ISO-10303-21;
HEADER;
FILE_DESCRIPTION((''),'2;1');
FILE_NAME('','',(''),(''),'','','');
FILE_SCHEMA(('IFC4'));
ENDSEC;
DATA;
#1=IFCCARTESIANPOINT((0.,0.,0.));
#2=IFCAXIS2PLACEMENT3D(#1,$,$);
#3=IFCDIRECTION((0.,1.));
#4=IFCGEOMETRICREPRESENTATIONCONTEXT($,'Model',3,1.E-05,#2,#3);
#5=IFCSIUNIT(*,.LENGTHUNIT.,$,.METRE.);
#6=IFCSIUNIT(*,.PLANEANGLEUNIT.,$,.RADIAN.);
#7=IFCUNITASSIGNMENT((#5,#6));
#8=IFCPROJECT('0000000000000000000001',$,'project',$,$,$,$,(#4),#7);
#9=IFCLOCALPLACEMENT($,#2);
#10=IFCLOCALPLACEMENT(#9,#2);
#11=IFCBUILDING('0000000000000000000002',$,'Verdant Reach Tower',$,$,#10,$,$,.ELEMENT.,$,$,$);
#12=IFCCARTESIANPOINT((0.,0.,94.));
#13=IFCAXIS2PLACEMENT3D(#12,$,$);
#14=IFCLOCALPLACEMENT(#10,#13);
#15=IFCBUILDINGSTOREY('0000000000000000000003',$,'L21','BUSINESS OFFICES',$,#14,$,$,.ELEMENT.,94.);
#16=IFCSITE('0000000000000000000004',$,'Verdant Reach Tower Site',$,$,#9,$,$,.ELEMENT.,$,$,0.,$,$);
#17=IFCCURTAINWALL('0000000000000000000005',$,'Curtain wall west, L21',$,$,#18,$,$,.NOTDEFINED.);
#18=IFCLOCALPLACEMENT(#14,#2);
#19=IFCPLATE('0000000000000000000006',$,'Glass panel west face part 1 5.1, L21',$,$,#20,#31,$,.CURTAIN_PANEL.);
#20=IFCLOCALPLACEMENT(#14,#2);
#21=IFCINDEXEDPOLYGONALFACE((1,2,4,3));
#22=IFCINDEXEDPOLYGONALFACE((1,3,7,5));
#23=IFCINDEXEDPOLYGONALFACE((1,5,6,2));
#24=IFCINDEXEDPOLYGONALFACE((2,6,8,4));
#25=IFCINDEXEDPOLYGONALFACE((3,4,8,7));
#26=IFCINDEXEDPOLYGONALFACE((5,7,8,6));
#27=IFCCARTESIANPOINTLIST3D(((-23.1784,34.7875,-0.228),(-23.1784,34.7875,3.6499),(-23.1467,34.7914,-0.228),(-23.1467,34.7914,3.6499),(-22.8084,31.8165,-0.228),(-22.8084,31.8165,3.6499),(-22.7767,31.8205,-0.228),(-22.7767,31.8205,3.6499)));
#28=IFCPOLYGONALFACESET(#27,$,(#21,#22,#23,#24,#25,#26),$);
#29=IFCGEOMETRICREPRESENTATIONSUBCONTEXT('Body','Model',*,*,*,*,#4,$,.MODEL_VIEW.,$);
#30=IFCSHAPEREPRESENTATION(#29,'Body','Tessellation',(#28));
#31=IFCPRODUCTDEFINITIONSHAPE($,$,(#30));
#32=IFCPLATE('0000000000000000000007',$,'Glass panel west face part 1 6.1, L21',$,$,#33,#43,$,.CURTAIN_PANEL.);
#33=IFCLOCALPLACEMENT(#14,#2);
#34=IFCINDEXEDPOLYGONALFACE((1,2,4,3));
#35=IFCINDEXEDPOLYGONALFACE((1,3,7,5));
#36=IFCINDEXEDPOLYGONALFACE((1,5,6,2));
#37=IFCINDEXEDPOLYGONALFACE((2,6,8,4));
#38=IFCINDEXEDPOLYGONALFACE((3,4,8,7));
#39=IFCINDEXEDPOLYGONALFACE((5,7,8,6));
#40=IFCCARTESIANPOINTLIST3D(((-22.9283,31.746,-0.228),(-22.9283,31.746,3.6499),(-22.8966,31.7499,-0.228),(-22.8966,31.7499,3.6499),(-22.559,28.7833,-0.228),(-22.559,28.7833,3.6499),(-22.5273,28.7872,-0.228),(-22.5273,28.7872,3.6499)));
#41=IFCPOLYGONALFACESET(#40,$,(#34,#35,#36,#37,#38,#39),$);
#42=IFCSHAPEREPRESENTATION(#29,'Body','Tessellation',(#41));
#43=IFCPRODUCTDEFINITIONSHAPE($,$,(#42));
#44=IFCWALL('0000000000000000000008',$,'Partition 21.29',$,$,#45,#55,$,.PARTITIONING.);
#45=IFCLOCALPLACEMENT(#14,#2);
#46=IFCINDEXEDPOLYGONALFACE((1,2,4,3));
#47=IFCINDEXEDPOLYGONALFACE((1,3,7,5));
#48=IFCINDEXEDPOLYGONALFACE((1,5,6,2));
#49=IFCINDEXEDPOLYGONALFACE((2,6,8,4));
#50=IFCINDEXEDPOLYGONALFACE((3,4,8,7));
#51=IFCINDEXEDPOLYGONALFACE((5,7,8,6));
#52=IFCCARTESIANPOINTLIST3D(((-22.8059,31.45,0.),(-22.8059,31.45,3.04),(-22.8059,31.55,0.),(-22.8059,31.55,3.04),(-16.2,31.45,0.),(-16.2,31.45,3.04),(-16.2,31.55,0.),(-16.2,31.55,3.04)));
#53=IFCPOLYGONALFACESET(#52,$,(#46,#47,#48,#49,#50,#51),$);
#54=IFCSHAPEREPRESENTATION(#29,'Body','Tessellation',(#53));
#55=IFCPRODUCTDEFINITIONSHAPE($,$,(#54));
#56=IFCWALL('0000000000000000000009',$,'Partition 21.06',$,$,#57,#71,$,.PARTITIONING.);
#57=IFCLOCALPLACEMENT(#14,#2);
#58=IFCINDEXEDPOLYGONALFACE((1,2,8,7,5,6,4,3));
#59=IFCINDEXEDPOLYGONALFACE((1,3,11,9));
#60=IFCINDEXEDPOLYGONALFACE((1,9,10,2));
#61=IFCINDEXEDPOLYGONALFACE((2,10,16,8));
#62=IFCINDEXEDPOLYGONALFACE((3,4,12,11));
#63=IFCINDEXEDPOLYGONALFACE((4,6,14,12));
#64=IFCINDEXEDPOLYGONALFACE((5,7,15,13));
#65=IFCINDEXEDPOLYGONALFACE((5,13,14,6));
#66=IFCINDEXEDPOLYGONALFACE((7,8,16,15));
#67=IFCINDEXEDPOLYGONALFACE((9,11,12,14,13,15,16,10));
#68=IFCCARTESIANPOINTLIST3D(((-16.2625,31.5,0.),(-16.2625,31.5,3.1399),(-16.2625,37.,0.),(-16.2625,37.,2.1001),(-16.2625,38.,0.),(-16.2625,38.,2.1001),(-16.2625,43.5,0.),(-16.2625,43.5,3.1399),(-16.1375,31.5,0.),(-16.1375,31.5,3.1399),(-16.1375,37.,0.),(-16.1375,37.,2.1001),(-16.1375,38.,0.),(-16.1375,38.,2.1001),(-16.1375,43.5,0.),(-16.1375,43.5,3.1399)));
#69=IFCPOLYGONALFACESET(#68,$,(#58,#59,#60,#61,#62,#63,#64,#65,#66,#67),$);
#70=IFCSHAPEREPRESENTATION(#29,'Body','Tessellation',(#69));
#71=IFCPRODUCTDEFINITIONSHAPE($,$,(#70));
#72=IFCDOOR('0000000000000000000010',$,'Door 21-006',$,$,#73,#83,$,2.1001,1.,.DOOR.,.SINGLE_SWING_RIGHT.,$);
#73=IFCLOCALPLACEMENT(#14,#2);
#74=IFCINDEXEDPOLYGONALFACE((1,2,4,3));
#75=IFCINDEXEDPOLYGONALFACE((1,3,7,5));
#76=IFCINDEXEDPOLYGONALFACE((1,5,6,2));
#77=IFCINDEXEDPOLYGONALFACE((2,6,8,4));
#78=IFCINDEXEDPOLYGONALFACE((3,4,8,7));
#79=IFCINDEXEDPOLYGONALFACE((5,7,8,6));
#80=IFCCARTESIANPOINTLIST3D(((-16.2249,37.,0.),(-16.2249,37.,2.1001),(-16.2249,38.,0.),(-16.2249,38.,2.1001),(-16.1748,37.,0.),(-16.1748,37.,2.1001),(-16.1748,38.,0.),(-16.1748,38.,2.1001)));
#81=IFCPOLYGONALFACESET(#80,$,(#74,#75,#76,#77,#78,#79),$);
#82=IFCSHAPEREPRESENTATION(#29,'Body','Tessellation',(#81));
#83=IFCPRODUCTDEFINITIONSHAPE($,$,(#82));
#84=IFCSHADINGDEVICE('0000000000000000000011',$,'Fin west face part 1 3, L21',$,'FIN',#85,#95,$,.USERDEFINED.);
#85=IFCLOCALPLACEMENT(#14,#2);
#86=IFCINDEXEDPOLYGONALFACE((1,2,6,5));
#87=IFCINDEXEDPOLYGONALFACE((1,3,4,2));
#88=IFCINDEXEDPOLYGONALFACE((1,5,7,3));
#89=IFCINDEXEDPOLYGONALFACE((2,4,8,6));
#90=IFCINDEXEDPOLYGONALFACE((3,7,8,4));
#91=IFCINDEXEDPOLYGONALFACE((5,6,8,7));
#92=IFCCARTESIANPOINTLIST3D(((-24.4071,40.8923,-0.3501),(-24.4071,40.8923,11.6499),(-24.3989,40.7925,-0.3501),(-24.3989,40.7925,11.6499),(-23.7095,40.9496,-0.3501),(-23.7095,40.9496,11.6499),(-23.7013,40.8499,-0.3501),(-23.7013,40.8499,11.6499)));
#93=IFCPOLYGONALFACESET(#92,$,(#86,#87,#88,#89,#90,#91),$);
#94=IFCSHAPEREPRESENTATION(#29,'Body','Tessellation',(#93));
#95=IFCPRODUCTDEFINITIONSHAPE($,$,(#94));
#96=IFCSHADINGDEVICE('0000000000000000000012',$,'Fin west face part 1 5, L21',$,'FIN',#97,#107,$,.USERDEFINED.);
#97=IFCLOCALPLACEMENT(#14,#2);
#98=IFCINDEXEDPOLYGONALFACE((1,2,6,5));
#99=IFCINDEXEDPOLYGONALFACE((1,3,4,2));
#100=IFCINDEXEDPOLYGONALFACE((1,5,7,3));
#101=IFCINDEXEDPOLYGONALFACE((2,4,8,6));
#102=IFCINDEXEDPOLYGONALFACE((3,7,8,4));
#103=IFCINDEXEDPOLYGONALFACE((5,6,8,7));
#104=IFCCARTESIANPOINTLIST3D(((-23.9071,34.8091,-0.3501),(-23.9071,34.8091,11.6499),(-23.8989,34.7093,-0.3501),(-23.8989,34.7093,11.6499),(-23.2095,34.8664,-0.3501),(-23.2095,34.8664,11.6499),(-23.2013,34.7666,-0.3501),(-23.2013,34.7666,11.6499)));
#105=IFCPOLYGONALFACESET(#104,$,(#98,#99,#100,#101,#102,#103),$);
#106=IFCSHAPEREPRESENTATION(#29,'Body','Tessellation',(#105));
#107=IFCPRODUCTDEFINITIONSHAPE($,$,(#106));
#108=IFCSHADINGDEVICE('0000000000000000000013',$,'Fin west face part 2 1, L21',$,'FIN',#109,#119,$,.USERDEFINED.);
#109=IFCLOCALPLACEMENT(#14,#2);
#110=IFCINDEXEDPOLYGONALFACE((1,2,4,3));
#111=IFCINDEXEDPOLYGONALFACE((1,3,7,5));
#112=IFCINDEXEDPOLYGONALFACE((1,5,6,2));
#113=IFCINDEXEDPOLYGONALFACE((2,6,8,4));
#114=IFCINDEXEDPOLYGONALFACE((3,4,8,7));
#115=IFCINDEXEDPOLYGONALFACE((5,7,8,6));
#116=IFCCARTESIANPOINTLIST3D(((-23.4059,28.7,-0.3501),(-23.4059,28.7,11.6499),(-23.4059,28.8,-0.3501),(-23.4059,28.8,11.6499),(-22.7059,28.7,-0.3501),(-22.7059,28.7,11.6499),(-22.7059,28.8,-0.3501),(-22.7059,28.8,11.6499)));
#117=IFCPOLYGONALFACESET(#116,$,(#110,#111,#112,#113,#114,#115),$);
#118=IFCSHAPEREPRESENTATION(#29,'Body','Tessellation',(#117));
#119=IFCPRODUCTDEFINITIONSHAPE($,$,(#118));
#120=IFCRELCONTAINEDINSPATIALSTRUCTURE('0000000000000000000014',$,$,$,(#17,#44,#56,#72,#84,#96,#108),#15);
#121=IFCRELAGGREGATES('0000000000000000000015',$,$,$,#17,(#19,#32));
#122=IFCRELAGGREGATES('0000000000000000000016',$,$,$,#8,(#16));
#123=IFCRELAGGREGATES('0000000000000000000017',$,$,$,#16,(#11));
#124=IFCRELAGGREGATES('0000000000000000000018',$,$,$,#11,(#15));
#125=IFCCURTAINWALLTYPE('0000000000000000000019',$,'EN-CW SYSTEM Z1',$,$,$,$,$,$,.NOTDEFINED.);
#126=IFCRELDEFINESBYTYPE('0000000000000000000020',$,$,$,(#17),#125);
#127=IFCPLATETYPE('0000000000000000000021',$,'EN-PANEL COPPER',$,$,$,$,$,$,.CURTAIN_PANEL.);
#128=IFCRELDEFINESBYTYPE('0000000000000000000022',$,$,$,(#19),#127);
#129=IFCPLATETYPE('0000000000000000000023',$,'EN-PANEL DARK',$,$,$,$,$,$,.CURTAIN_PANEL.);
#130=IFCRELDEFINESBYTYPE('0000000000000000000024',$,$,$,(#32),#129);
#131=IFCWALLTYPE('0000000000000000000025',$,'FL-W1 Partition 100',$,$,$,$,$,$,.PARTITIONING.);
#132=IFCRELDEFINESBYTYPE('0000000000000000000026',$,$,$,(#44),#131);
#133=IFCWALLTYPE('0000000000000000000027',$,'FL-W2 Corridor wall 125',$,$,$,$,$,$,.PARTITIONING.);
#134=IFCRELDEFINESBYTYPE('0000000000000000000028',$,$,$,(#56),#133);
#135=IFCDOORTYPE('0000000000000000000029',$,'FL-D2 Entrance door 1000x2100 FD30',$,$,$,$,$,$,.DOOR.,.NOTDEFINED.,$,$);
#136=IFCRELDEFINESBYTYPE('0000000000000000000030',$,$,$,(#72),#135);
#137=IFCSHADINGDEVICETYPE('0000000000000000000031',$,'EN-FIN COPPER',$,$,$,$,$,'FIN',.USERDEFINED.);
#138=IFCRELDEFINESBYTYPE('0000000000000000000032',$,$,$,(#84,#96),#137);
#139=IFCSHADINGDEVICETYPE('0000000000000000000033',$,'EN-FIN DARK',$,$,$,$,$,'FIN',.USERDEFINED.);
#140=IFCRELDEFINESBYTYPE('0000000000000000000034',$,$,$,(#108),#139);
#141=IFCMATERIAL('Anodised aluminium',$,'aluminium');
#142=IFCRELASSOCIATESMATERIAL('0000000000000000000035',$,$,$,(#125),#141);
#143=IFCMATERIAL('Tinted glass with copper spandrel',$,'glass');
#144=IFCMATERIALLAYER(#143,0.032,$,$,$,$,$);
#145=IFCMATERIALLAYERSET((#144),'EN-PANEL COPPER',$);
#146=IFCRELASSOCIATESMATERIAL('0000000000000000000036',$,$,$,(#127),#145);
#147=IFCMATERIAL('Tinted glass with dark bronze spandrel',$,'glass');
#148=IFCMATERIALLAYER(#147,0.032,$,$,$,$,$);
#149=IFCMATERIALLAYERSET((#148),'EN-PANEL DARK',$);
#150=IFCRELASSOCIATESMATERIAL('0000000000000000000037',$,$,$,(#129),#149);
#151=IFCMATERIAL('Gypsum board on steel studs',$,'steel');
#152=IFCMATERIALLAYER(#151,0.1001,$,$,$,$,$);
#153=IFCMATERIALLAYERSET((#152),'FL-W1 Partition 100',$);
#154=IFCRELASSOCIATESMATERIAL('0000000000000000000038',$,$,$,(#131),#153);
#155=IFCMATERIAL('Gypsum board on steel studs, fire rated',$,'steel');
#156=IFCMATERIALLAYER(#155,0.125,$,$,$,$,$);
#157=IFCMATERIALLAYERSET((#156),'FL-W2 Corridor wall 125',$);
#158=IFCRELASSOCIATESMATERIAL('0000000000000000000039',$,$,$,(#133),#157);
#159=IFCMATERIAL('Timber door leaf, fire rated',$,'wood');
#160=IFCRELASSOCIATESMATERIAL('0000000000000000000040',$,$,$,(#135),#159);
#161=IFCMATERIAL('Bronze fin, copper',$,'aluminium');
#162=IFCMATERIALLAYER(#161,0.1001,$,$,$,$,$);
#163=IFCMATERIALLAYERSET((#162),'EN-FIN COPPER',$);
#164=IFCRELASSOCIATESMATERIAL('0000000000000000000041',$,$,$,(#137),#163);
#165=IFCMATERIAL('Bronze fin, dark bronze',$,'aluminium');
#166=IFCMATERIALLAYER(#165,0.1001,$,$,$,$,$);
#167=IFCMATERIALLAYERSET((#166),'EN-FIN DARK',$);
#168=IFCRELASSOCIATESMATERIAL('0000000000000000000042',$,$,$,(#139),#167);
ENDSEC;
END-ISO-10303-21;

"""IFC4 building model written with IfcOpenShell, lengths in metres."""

from ifc_helpers import new_model, si_unit, direction, frame, frame_2d, origin, origin_2d, place, context, subcontext, project, spatial, rectangle, extrude, material, layer, layer_set, type_object, element, fill, aggregate, save


model = new_model("IFC4")

# Units and contexts
model_context = context("Model", 3, precision=1e-05, world=origin(), true_north=direction((0.0, 1.0)))
body_context = subcontext(model_context, "Body", "Model", "MODEL_VIEW")
ifc_project = project(units=[si_unit("LENGTHUNIT", "METRE"), si_unit("PLANEANGLEUNIT", "RADIAN")], contexts=[model_context])

# Site, building, storey
site_placement = place(None, origin())
site = spatial("IfcSite", under=ifc_project, at=site_placement, Name="Verdant Reach Tower Site", CompositionType="ELEMENT", RefElevation=0.0)
building_placement = place(site_placement, origin())
building = spatial("IfcBuilding", under=site, at=building_placement, Name="Verdant Reach Tower", CompositionType="ELEMENT")
storey_placement = place(building_placement, frame((0.0, 0.0, 94.0)))
storey = spatial("IfcBuildingStorey", under=building, at=storey_placement, Name="L21", Description="BUSINESS OFFICES", CompositionType="ELEMENT", Elevation=94.0)

# Curtain wall
ifc_material_1 = material(Name="Anodised aluminium", Category="aluminium")
curtain_wall_type = type_object("IfcCurtainWallType", Name="EN-CW SYSTEM Z1", PredefinedType="NOTDEFINED", material=ifc_material_1)
curtain_wall_placement = place(storey_placement, origin())
curtain_wall = element("IfcCurtainWall", 1, at=curtain_wall_placement, inside=storey, type_object=curtain_wall_type, Name="Curtain wall west, L21", PredefinedType="NOTDEFINED")

# Plates
ifc_material_2 = material(Name="Tinted glass with copper spandrel", Category="glass")
ifc_layer_1 = layer(ifc_material_2, 0.032)
ifc_layer_set_1 = layer_set([ifc_layer_1], Name="EN-PANEL COPPER")
plate_type_1 = type_object("IfcPlateType", Name="EN-PANEL COPPER", PredefinedType="CURTAIN_PANEL", material=ifc_layer_set_1)
plate_1_placement = place(storey_placement, frame((-22.9775, 33.304, -0.228), z_axis=(0.0, 0.0, 1.0), x_axis=(0.123579, -0.992335, 0.0)))
plate_1 = element("IfcPlate", 2, at=plate_1_placement, type_object=plate_type_1, Name="Glass panel west face part 1 5.1, L21", PredefinedType="CURTAIN_PANEL", context=body_context, shape_type="SweptSolid", body=[
    extrude(rectangle(XDim=2.9939, YDim=0.032, at=origin_2d()), origin(), (0.0, 0.0, 1.0), 3.8779),
])
ifc_material_3 = material(Name="Tinted glass with dark bronze spandrel", Category="glass")
ifc_layer_2 = layer(ifc_material_3, 0.032)
ifc_layer_set_2 = layer_set([ifc_layer_2], Name="EN-PANEL DARK")
plate_type_2 = type_object("IfcPlateType", Name="EN-PANEL DARK", PredefinedType="CURTAIN_PANEL", material=ifc_layer_set_2)
plate_2_placement = place(storey_placement, frame((-22.7278, 30.2666, -0.228), z_axis=(0.0, 0.0, 1.0), x_axis=(0.123691, -0.992321, 0.0)))
plate_2 = element("IfcPlate", 3, at=plate_2_placement, type_object=plate_type_2, Name="Glass panel west face part 1 6.1, L21", PredefinedType="CURTAIN_PANEL", context=body_context, shape_type="SweptSolid", body=[
    extrude(rectangle(XDim=2.9856, YDim=0.032, at=origin_2d()), origin(), (0.0, 0.0, 1.0), 3.8779),
])
aggregate(curtain_wall, [plate_1, plate_2])

# Wall
ifc_material_4 = material(Name="Gypsum board on steel studs", Category="steel")
ifc_layer_3 = layer(ifc_material_4, 0.1001)
ifc_layer_set_3 = layer_set([ifc_layer_3], Name="FL-W1 Partition 100")
wall_type_1 = type_object("IfcWallType", Name="FL-W1 Partition 100", PredefinedType="PARTITIONING", material=ifc_layer_set_3)
wall_1_placement = place(storey_placement, frame((-16.2, 31.5, 0.0), z_axis=(0.0, 0.0, 1.0), x_axis=(-1.0, 0.0, 0.0)))
element("IfcWall", 4, at=wall_1_placement, inside=storey, type_object=wall_type_1, Name="Partition 21.29", PredefinedType="PARTITIONING", context=body_context, shape_type="SweptSolid", body=[
    extrude(rectangle(XDim=6.606, YDim=0.1001, at=frame_2d((3.303, 0.0))), origin(), (0.0, 0.0, 1.0), 3.04),
])

# Wall, opening, door
ifc_material_5 = material(Name="Gypsum board on steel studs, fire rated", Category="steel")
ifc_layer_4 = layer(ifc_material_5, 0.125)
ifc_layer_set_4 = layer_set([ifc_layer_4], Name="FL-W2 Corridor wall 125")
wall_type_2 = type_object("IfcWallType", Name="FL-W2 Corridor wall 125", PredefinedType="PARTITIONING", material=ifc_layer_set_4)
wall_2_placement = place(storey_placement, frame((-16.2, 31.5, 0.0), z_axis=(0.0, 0.0, 1.0), x_axis=(0.0, 1.0, 0.0)))
wall_2 = element("IfcWall", 5, at=wall_2_placement, inside=storey, type_object=wall_type_2, Name="Partition 21.06", PredefinedType="PARTITIONING", context=body_context, shape_type="SweptSolid", body=[
    extrude(rectangle(XDim=12.0, YDim=0.125, at=frame_2d((6.0, 0.0))), origin(), (0.0, 0.0, 1.0), 3.1399),
])
opening_placement = place(wall_2_placement, frame((5.5, 0.0, 0.0)))
opening = element("IfcOpeningElement", 6, at=opening_placement, cuts=wall_2, PredefinedType="OPENING", context=body_context, shape_type="SweptSolid", body=[
    extrude(rectangle(XDim=1.0, YDim=2.1001, at=frame_2d((0.5, 1.05))), frame((0.0, 0.0725, 0.0), z_axis=(0.0, -1.0, 0.0), x_axis=(1.0, 0.0, 0.0)), (0.0, 0.0, 1.0), 0.145),
])
ifc_material_6 = material(Name="Timber door leaf, fire rated", Category="wood")
door_type = type_object("IfcDoorType", Name="FL-D2 Entrance door 1000x2100 FD30", OperationType="NOTDEFINED", PredefinedType="DOOR", material=ifc_material_6)
door_placement = place(opening_placement, origin())
door = element("IfcDoor", 7, at=door_placement, inside=storey, type_object=door_type, Name="Door 21-006", OperationType="SINGLE_SWING_RIGHT", OverallHeight=2.1001, OverallWidth=1.0, PredefinedType="DOOR", context=body_context, shape_type="SweptSolid", body=[
    extrude(rectangle(XDim=1.0, YDim=2.1001, at=frame_2d((0.5, 1.05))), frame((0.0, 0.0249, 0.0), z_axis=(0.0, -1.0, 0.0), x_axis=(1.0, 0.0, 0.0)), (0.0, 0.0, 1.0), 0.05),
])
fill(opening, door)

# Shading devices
ifc_material_7 = material(Name="Bronze fin, copper", Category="aluminium")
ifc_layer_5 = layer(ifc_material_7, 0.1001)
ifc_layer_set_5 = layer_set([ifc_layer_5], Name="EN-FIN COPPER")
shading_device_type_1 = type_object("IfcShadingDeviceType", Name="EN-FIN COPPER", ElementType="FIN", PredefinedType="USERDEFINED", material=ifc_layer_set_5)
for number, where, z_axis, x_axis, name in (
    (8, (-24.0542, 40.8711, -0.3501), (0.0, 0.0, 1.0), (0.081916, -0.996639, 0.0), "Fin west face part 1 3, L21"),
    (9, (-23.5542, 34.7878, -0.3501), (0.0, 0.0, 1.0), (0.081916, -0.996639, 0.0), "Fin west face part 1 5, L21"),
):
    element("IfcShadingDevice", number, at=place(storey_placement, frame(where, z_axis=z_axis, x_axis=x_axis)), inside=storey, type_object=shading_device_type_1, Name=name, ObjectType="FIN", PredefinedType="USERDEFINED", context=body_context, shape_type="SweptSolid", body=[
        extrude(rectangle(XDim=0.1001, YDim=0.7, at=origin_2d()), origin(), (0.0, 0.0, 1.0), 12.0),
    ])
ifc_material_8 = material(Name="Bronze fin, dark bronze", Category="aluminium")
ifc_layer_6 = layer(ifc_material_8, 0.1001)
ifc_layer_set_6 = layer_set([ifc_layer_6], Name="EN-FIN DARK")
shading_device_type_2 = type_object("IfcShadingDeviceType", Name="EN-FIN DARK", ElementType="FIN", PredefinedType="USERDEFINED", material=ifc_layer_set_6)
shading_device_placement = place(storey_placement, frame((-23.0559, 28.75, -0.3501), z_axis=(0.0, 0.0, 1.0), x_axis=(0.0, -1.0, 0.0)))
element("IfcShadingDevice", 10, at=shading_device_placement, inside=storey, type_object=shading_device_type_2, Name="Fin west face part 2 1, L21", ObjectType="FIN", PredefinedType="USERDEFINED", context=body_context, shape_type="SweptSolid", body=[
    extrude(rectangle(XDim=0.1001, YDim=0.7, at=origin_2d()), origin(), (0.0, 0.0, 1.0), 12.0),
])

save(model, "model.ifc")
